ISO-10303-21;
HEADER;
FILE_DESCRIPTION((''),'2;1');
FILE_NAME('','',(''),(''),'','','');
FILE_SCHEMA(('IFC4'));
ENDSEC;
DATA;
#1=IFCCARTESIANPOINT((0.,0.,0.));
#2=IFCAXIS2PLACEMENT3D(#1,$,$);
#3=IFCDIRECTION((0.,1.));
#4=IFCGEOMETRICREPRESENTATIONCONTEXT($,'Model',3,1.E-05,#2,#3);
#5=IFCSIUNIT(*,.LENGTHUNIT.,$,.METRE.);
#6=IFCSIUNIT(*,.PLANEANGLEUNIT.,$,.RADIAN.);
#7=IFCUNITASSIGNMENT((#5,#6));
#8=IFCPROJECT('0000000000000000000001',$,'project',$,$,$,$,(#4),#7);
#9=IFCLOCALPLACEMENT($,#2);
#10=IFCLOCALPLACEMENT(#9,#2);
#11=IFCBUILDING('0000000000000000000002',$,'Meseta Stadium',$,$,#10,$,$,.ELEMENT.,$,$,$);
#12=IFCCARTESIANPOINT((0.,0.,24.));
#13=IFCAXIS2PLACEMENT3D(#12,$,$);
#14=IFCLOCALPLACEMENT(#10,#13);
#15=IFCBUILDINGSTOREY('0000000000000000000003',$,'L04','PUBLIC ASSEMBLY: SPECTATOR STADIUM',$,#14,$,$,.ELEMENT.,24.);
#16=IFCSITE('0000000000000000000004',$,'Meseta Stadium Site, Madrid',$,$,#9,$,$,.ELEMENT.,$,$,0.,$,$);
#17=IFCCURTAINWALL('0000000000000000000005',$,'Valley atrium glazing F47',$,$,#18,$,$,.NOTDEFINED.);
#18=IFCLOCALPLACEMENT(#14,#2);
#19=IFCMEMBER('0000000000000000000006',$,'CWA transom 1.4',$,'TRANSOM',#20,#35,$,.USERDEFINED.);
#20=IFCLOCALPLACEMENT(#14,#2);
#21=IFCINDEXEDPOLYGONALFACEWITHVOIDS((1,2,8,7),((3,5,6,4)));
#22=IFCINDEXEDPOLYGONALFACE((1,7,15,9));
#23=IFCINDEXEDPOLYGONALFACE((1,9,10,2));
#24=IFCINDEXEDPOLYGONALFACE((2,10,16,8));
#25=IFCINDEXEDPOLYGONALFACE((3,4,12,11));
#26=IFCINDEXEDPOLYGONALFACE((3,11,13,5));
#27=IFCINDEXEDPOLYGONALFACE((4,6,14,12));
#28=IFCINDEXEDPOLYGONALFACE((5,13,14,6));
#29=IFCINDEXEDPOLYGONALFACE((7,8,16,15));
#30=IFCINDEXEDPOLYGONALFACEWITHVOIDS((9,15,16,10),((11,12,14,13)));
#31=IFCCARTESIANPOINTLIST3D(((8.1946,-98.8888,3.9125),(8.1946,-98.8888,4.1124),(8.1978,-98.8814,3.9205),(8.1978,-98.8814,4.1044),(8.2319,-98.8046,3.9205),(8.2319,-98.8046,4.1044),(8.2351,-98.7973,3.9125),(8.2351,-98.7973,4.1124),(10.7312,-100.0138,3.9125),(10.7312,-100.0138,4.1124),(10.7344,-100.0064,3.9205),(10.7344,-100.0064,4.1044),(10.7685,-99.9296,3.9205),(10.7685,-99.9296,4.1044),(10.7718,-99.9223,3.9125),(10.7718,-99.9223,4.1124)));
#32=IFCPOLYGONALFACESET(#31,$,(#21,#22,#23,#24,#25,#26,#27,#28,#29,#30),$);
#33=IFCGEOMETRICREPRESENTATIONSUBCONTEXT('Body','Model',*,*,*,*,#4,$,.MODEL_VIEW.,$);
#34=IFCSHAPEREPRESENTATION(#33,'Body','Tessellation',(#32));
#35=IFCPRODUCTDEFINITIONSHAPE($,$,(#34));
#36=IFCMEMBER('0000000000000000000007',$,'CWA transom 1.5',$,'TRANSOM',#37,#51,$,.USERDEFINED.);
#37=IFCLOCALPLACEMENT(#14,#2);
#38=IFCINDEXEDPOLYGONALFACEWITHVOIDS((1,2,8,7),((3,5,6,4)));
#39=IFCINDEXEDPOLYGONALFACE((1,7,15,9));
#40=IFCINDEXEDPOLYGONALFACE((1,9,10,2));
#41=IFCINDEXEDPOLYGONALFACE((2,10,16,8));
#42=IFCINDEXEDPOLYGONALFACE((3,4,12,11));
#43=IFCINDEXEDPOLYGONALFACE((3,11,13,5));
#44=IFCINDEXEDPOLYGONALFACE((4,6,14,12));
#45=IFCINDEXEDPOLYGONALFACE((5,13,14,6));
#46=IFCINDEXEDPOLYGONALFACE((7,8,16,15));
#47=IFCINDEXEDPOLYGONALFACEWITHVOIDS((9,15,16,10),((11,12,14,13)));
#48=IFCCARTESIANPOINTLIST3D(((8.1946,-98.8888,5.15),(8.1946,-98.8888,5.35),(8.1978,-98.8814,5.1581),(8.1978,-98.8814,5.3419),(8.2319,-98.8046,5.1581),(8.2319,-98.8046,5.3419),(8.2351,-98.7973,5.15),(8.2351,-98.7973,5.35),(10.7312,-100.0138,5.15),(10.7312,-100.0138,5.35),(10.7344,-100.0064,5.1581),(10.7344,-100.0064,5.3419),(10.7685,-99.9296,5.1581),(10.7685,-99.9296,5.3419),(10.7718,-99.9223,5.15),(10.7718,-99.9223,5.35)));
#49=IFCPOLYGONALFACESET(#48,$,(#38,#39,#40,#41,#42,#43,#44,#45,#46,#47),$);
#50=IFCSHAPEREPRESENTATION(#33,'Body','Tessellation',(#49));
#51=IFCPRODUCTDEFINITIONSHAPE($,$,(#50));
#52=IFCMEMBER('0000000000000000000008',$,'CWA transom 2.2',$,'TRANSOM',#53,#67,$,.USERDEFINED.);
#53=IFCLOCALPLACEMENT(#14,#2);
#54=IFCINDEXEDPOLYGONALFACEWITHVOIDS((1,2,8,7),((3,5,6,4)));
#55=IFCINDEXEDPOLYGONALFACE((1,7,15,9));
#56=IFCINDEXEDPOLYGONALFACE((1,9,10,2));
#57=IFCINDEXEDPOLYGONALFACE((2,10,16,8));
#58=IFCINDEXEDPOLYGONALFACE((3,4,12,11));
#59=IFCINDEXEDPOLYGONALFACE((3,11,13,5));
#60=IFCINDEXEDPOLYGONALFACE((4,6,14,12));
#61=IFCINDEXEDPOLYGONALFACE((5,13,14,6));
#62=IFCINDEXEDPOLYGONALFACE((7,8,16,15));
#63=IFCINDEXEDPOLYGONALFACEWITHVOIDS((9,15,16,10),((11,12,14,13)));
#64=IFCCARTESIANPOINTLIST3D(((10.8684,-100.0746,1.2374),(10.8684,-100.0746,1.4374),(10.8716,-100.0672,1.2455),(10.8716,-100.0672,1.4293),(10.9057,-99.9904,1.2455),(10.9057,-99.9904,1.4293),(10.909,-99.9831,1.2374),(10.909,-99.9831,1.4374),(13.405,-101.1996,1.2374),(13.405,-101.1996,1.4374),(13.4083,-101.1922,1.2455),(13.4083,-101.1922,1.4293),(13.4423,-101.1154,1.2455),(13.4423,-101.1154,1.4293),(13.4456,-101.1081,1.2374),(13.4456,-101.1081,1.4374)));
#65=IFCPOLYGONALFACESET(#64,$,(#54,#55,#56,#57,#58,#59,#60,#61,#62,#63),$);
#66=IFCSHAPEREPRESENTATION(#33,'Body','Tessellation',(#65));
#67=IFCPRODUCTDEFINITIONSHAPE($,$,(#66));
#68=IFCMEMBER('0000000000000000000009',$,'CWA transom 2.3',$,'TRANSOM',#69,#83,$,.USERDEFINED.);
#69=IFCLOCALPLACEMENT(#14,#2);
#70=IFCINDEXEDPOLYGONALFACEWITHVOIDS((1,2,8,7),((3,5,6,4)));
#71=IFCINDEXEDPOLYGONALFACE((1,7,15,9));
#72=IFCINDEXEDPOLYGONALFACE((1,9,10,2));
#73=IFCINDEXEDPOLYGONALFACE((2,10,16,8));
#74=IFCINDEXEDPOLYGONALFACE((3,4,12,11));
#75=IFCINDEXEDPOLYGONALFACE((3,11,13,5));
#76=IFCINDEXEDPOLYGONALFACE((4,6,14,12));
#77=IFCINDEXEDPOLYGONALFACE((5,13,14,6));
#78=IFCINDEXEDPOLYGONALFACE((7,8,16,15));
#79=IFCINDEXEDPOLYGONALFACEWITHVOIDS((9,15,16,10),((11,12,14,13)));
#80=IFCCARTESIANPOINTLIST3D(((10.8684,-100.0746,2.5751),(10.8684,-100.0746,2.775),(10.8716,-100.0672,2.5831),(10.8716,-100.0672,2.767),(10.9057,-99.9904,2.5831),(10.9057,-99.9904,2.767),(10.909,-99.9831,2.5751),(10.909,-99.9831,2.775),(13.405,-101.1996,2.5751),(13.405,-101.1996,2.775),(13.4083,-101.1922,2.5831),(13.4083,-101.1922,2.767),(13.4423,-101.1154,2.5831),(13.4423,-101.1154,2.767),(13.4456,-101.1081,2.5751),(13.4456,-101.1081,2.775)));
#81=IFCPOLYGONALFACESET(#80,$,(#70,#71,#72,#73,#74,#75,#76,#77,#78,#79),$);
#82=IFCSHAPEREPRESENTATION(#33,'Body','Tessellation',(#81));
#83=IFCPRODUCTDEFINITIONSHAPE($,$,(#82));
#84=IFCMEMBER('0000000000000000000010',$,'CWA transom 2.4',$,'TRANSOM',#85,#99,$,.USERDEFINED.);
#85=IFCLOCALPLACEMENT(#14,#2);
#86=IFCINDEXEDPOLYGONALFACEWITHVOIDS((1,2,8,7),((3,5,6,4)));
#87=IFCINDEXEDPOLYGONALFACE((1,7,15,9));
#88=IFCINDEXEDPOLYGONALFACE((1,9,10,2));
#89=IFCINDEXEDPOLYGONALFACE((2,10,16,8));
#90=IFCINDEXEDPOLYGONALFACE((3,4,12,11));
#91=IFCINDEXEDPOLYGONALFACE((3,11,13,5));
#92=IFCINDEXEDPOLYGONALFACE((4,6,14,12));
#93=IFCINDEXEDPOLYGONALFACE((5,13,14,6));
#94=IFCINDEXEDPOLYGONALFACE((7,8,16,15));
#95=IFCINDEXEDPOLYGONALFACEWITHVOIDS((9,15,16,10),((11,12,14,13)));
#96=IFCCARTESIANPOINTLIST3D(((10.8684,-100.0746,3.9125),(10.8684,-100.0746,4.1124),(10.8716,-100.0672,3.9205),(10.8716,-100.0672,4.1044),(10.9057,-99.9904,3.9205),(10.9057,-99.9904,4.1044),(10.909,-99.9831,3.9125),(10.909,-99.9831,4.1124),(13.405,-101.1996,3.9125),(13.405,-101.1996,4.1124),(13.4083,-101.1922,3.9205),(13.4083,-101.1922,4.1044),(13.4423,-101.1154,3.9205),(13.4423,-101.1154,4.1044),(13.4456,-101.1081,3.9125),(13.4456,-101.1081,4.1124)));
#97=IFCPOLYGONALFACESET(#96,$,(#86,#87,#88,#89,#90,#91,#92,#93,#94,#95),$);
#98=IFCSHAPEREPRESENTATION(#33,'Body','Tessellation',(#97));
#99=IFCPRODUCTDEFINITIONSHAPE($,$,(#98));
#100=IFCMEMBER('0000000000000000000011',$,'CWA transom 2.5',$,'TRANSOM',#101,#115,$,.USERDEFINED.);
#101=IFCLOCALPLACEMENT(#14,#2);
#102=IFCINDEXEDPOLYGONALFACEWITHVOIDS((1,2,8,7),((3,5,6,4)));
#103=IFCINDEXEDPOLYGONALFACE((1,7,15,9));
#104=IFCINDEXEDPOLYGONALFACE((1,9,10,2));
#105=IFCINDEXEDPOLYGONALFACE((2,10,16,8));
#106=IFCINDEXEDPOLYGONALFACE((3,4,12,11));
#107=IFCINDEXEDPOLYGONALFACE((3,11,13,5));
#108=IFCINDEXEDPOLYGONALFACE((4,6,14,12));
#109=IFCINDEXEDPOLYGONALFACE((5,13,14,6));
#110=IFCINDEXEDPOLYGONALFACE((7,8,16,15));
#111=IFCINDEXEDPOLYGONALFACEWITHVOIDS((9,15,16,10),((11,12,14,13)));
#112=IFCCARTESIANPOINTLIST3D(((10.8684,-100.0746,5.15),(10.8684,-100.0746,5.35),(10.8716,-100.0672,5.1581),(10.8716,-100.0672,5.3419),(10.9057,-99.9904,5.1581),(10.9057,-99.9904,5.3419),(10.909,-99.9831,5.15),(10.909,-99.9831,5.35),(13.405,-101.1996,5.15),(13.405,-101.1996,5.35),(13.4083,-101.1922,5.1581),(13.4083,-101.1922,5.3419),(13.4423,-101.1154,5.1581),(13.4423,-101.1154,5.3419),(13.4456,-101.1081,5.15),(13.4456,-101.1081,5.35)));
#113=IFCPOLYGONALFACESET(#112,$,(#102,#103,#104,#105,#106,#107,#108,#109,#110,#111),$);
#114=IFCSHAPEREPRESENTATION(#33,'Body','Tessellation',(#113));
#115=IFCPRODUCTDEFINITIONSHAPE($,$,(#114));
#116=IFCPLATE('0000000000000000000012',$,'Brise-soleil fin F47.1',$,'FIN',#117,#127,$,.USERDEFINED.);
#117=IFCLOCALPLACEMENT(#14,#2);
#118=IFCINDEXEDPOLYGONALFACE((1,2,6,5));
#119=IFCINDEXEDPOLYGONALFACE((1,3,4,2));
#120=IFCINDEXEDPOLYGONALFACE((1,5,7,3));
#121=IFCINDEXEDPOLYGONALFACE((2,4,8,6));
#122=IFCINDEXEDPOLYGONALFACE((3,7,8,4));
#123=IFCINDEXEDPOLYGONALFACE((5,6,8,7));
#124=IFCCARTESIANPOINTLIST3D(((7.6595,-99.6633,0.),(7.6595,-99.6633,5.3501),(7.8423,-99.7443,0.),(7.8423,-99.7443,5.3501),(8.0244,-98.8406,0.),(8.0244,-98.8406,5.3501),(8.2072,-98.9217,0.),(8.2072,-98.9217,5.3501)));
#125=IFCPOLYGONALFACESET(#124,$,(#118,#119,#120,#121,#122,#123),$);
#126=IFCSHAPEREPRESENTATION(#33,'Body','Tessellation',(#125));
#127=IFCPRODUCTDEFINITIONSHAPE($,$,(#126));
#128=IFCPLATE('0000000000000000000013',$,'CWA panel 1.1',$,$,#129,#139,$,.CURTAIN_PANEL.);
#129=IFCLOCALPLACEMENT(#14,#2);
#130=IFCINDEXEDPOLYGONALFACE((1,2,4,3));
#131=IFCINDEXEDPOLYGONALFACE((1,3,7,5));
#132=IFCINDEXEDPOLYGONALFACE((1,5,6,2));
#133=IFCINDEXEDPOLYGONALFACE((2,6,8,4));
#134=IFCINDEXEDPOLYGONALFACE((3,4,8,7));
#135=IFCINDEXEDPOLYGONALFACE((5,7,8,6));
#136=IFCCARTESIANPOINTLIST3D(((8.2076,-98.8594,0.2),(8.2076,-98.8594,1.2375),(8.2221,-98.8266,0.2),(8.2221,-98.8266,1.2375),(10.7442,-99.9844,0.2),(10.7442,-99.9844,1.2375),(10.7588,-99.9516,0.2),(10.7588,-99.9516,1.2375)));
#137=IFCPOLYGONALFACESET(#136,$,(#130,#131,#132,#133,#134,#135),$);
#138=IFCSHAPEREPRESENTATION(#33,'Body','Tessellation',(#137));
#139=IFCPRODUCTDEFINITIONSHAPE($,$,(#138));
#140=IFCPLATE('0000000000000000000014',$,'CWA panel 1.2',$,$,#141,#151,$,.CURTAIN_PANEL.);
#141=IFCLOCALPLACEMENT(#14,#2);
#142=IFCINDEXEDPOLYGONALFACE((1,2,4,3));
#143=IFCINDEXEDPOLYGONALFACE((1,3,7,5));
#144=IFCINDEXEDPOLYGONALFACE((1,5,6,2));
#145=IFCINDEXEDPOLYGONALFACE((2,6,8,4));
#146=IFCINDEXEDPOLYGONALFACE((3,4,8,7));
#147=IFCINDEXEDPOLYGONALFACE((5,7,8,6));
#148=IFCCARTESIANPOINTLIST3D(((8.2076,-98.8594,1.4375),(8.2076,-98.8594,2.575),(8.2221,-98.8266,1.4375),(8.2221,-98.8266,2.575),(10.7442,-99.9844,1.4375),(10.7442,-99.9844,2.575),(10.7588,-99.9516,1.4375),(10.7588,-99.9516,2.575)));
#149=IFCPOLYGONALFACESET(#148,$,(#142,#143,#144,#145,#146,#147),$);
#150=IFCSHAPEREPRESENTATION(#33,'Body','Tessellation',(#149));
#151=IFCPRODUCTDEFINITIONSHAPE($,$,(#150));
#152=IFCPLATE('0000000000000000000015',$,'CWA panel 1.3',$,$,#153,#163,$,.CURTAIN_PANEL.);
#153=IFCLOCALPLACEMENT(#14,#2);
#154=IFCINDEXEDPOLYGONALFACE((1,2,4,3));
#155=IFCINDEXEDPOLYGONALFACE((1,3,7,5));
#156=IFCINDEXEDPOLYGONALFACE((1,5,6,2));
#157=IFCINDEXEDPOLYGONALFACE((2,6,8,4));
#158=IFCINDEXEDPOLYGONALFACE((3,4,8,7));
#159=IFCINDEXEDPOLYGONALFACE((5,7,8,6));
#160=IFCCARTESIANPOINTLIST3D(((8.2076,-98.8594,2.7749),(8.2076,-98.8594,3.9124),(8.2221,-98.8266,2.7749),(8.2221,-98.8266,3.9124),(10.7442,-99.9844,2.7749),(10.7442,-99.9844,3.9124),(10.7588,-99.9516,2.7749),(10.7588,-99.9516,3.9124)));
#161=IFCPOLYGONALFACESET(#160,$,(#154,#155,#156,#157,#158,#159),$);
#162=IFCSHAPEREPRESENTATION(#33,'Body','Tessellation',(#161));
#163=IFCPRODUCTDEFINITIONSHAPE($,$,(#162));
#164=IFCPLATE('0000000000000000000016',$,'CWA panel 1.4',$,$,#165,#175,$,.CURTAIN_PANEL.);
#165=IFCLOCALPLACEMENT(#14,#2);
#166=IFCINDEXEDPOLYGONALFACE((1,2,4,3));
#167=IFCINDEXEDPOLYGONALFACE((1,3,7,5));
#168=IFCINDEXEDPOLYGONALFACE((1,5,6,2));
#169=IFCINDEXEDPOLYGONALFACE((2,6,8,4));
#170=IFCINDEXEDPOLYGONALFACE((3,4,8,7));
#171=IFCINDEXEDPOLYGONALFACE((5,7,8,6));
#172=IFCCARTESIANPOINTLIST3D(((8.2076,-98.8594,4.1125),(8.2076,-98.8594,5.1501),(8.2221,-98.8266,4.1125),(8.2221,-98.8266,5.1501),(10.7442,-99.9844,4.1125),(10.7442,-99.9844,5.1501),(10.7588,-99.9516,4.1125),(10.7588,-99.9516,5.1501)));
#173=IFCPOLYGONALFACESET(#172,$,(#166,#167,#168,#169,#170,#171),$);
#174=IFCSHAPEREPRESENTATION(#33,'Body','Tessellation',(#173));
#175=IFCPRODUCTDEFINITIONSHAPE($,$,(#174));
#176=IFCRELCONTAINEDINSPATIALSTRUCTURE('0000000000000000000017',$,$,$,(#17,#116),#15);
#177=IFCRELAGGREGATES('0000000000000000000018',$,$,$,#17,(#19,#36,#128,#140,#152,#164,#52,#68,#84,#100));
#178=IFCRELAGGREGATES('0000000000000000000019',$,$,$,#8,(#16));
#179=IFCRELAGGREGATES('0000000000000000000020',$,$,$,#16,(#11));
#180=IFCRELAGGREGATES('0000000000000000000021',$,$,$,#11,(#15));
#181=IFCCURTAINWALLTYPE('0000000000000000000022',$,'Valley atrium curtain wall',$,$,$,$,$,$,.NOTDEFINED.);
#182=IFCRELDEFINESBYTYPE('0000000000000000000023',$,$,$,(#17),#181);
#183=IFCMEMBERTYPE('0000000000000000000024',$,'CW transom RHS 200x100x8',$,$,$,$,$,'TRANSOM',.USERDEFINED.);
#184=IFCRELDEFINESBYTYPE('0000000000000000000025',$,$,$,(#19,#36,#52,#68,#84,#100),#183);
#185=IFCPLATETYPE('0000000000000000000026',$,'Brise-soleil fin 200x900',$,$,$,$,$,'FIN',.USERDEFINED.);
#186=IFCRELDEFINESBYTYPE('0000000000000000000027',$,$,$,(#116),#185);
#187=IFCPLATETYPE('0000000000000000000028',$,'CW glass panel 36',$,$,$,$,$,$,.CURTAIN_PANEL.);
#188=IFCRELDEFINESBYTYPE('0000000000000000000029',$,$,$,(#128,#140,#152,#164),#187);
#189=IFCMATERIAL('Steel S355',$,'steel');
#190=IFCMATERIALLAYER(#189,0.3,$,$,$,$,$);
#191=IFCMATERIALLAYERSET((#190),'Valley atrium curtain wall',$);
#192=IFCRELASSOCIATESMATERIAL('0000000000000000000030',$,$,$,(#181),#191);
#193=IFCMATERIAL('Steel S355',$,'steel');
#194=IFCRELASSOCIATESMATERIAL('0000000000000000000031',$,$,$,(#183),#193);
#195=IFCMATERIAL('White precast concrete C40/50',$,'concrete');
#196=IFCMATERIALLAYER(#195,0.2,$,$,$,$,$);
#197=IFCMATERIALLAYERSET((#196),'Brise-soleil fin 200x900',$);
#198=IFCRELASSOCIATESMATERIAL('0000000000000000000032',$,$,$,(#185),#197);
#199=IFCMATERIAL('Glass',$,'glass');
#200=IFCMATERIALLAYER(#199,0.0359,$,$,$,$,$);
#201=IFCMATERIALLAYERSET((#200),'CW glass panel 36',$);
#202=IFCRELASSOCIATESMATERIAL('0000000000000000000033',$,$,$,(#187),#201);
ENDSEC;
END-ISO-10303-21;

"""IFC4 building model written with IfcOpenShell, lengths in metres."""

from ifc_helpers import new_model, si_unit, direction, frame, origin, origin_2d, place, context, subcontext, project, spatial, rectangle, hollow_rectangle, extrude, material, layer, layer_set, material_profile, profile_set, type_object, element, aggregate, save


model = new_model("IFC4")

# Units and contexts
model_context = context("Model", 3, precision=1e-05, world=origin(), true_north=direction((0.0, 1.0)))
body_context = subcontext(model_context, "Body", "Model", "MODEL_VIEW")
ifc_project = project(units=[si_unit("LENGTHUNIT", "METRE"), si_unit("PLANEANGLEUNIT", "RADIAN")], contexts=[model_context])

# Site, building, storey
site_placement = place(None, origin())
site = spatial("IfcSite", under=ifc_project, at=site_placement, Name="Meseta Stadium Site, Madrid", CompositionType="ELEMENT", RefElevation=0.0)
building_placement = place(site_placement, origin())
building = spatial("IfcBuilding", under=site, at=building_placement, Name="Meseta Stadium", CompositionType="ELEMENT")
storey_placement = place(building_placement, frame((0.0, 0.0, 24.0)))
storey = spatial("IfcBuildingStorey", under=building, at=storey_placement, Name="L04", Description="PUBLIC ASSEMBLY: SPECTATOR STADIUM", CompositionType="ELEMENT", Elevation=24.0)

# Curtain wall, members
ifc_material_1 = material(Name="Steel S355", Category="steel")
ifc_layer_1 = layer(ifc_material_1, 0.3)
ifc_layer_set_1 = layer_set([ifc_layer_1], Name="Valley atrium curtain wall")
curtain_wall_type = type_object("IfcCurtainWallType", Name="Valley atrium curtain wall", PredefinedType="NOTDEFINED", material=ifc_layer_set_1)
curtain_wall_placement = place(storey_placement, origin())
curtain_wall = element("IfcCurtainWall", 1, at=curtain_wall_placement, inside=storey, type_object=curtain_wall_type, Name="Valley atrium glazing F47", PredefinedType="NOTDEFINED")
ifc_material_2 = material(Name="Steel S355", Category="steel")
ifc_material_profile_1 = material_profile(ifc_material_2, hollow_rectangle(XDim=0.1001, YDim=0.2, WallThickness=0.0081, at=origin_2d()), Name="RHS 200x100x8")
ifc_profile_set_1 = profile_set([ifc_material_profile_1], Name="Steel S355")
member_type_1 = type_object("IfcMemberType", Name="CW transom RHS 200x100x8", ElementType="TRANSOM", PredefinedType="USERDEFINED", material=ifc_profile_set_1)
member_1_placement = place(storey_placement, frame((8.2148, -98.843, 4.0125), z_axis=(0.914131, -0.40542, 0.0), x_axis=(0.40542, 0.914131, 0.0)))
member_1 = element("IfcMember", 2, at=member_1_placement, type_object=member_type_1, Name="CWA transom 1.4", ObjectType="TRANSOM", PredefinedType="USERDEFINED", context=body_context, shape_type="SweptSolid", body=[
    extrude(hollow_rectangle(XDim=0.1001, YDim=0.2, WallThickness=0.0081, at=origin_2d()), origin(), (0.0, 0.0, 1.0), 2.7749),
])
member_2_placement = place(storey_placement, frame((8.2148, -98.843, 5.25), z_axis=(0.914131, -0.40542, 0.0), x_axis=(0.40542, 0.914131, 0.0)))
member_2 = element("IfcMember", 3, at=member_2_placement, type_object=member_type_1, Name="CWA transom 1.5", ObjectType="TRANSOM", PredefinedType="USERDEFINED", context=body_context, shape_type="SweptSolid", body=[
    extrude(hollow_rectangle(XDim=0.1001, YDim=0.2, WallThickness=0.0081, at=origin_2d()), origin(), (0.0, 0.0, 1.0), 2.7749),
])
member_3_placement = place(storey_placement, frame((10.8887, -100.0288, 1.3374), z_axis=(0.914131, -0.40542, 0.0), x_axis=(0.40542, 0.914131, 0.0)))
member_3 = element("IfcMember", 4, at=member_3_placement, type_object=member_type_1, Name="CWA transom 2.2", ObjectType="TRANSOM", PredefinedType="USERDEFINED", context=body_context, shape_type="SweptSolid", body=[
    extrude(hollow_rectangle(XDim=0.1001, YDim=0.2, WallThickness=0.0081, at=origin_2d()), origin(), (0.0, 0.0, 1.0), 2.7749),
])
member_4_placement = place(storey_placement, frame((10.8887, -100.0288, 2.675), z_axis=(0.914131, -0.40542, 0.0), x_axis=(0.40542, 0.914131, 0.0)))
member_4 = element("IfcMember", 5, at=member_4_placement, type_object=member_type_1, Name="CWA transom 2.3", ObjectType="TRANSOM", PredefinedType="USERDEFINED", context=body_context, shape_type="SweptSolid", body=[
    extrude(hollow_rectangle(XDim=0.1001, YDim=0.2, WallThickness=0.0081, at=origin_2d()), origin(), (0.0, 0.0, 1.0), 2.7749),
])
member_5_placement = place(storey_placement, frame((10.8887, -100.0288, 4.0125), z_axis=(0.914131, -0.40542, 0.0), x_axis=(0.40542, 0.914131, 0.0)))
member_5 = element("IfcMember", 6, at=member_5_placement, type_object=member_type_1, Name="CWA transom 2.4", ObjectType="TRANSOM", PredefinedType="USERDEFINED", context=body_context, shape_type="SweptSolid", body=[
    extrude(hollow_rectangle(XDim=0.1001, YDim=0.2, WallThickness=0.0081, at=origin_2d()), origin(), (0.0, 0.0, 1.0), 2.7749),
])
member_6_placement = place(storey_placement, frame((10.8887, -100.0288, 5.25), z_axis=(0.914131, -0.40542, 0.0), x_axis=(0.40542, 0.914131, 0.0)))
member_6 = element("IfcMember", 7, at=member_6_placement, type_object=member_type_1, Name="CWA transom 2.5", ObjectType="TRANSOM", PredefinedType="USERDEFINED", context=body_context, shape_type="SweptSolid", body=[
    extrude(hollow_rectangle(XDim=0.1001, YDim=0.2, WallThickness=0.0081, at=origin_2d()), origin(), (0.0, 0.0, 1.0), 2.7749),
])

# Plates
ifc_material_3 = material(Name="White precast concrete C40/50", Category="concrete")
ifc_layer_2 = layer(ifc_material_3, 0.2)
ifc_layer_set_2 = layer_set([ifc_layer_2], Name="Brise-soleil fin 200x900")
plate_type_1 = type_object("IfcPlateType", Name="Brise-soleil fin 200x900", ElementType="FIN", PredefinedType="USERDEFINED", material=ifc_layer_set_2)
plate_1_placement = place(storey_placement, frame((7.9333, -99.2925, 0.0), z_axis=(0.0, 0.0, 1.0), x_axis=(0.914139, -0.405401, 0.0)))
element("IfcPlate", 8, at=plate_1_placement, inside=storey, type_object=plate_type_1, Name="Brise-soleil fin F47.1", ObjectType="FIN", PredefinedType="USERDEFINED", context=body_context, shape_type="SweptSolid", body=[
    extrude(rectangle(XDim=0.2, YDim=0.8999, at=origin_2d()), origin(), (0.0, 0.0, 1.0), 5.3501),
])
ifc_material_4 = material(Name="Glass", Category="glass")
ifc_layer_3 = layer(ifc_material_4, 0.0359)
ifc_layer_set_3 = layer_set([ifc_layer_3], Name="CW glass panel 36")
plate_type_2 = type_object("IfcPlateType", Name="CW glass panel 36", PredefinedType="CURTAIN_PANEL", material=ifc_layer_set_3)
plate_2_placement = place(storey_placement, frame((9.4832, -99.4055, 0.2), z_axis=(0.0, 0.0, 1.0), x_axis=(0.914139, -0.405401, 0.0)))
plate_2 = element("IfcPlate", 9, at=plate_2_placement, type_object=plate_type_2, Name="CWA panel 1.1", PredefinedType="CURTAIN_PANEL", context=body_context, shape_type="SweptSolid", body=[
    extrude(rectangle(XDim=2.7749, YDim=0.0359, at=origin_2d()), origin(), (0.0, 0.0, 1.0), 1.0376),
])
plate_3_placement = place(storey_placement, frame((9.4832, -99.4055, 1.4375), z_axis=(0.0, 0.0, 1.0), x_axis=(0.914139, -0.405401, 0.0)))
plate_3 = element("IfcPlate", 10, at=plate_3_placement, type_object=plate_type_2, Name="CWA panel 1.2", PredefinedType="CURTAIN_PANEL", context=body_context, shape_type="SweptSolid", body=[
    extrude(rectangle(XDim=2.7749, YDim=0.0359, at=origin_2d()), origin(), (0.0, 0.0, 1.0), 1.1375),
])
plate_4_placement = place(storey_placement, frame((9.4832, -99.4055, 2.7749), z_axis=(0.0, 0.0, 1.0), x_axis=(0.914139, -0.405401, 0.0)))
plate_4 = element("IfcPlate", 11, at=plate_4_placement, type_object=plate_type_2, Name="CWA panel 1.3", PredefinedType="CURTAIN_PANEL", context=body_context, shape_type="SweptSolid", body=[
    extrude(rectangle(XDim=2.7749, YDim=0.0359, at=origin_2d()), origin(), (0.0, 0.0, 1.0), 1.1375),
])
plate_5_placement = place(storey_placement, frame((9.4832, -99.4055, 4.1125), z_axis=(0.0, 0.0, 1.0), x_axis=(0.914139, -0.405401, 0.0)))
plate_5 = element("IfcPlate", 12, at=plate_5_placement, type_object=plate_type_2, Name="CWA panel 1.4", PredefinedType="CURTAIN_PANEL", context=body_context, shape_type="SweptSolid", body=[
    extrude(rectangle(XDim=2.7749, YDim=0.0359, at=origin_2d()), origin(), (0.0, 0.0, 1.0), 1.0376),
])
aggregate(curtain_wall, [member_1, member_2, plate_2, plate_3, plate_4, plate_5, member_3, member_4, member_5, member_6])

save(model, "model.ifc")
